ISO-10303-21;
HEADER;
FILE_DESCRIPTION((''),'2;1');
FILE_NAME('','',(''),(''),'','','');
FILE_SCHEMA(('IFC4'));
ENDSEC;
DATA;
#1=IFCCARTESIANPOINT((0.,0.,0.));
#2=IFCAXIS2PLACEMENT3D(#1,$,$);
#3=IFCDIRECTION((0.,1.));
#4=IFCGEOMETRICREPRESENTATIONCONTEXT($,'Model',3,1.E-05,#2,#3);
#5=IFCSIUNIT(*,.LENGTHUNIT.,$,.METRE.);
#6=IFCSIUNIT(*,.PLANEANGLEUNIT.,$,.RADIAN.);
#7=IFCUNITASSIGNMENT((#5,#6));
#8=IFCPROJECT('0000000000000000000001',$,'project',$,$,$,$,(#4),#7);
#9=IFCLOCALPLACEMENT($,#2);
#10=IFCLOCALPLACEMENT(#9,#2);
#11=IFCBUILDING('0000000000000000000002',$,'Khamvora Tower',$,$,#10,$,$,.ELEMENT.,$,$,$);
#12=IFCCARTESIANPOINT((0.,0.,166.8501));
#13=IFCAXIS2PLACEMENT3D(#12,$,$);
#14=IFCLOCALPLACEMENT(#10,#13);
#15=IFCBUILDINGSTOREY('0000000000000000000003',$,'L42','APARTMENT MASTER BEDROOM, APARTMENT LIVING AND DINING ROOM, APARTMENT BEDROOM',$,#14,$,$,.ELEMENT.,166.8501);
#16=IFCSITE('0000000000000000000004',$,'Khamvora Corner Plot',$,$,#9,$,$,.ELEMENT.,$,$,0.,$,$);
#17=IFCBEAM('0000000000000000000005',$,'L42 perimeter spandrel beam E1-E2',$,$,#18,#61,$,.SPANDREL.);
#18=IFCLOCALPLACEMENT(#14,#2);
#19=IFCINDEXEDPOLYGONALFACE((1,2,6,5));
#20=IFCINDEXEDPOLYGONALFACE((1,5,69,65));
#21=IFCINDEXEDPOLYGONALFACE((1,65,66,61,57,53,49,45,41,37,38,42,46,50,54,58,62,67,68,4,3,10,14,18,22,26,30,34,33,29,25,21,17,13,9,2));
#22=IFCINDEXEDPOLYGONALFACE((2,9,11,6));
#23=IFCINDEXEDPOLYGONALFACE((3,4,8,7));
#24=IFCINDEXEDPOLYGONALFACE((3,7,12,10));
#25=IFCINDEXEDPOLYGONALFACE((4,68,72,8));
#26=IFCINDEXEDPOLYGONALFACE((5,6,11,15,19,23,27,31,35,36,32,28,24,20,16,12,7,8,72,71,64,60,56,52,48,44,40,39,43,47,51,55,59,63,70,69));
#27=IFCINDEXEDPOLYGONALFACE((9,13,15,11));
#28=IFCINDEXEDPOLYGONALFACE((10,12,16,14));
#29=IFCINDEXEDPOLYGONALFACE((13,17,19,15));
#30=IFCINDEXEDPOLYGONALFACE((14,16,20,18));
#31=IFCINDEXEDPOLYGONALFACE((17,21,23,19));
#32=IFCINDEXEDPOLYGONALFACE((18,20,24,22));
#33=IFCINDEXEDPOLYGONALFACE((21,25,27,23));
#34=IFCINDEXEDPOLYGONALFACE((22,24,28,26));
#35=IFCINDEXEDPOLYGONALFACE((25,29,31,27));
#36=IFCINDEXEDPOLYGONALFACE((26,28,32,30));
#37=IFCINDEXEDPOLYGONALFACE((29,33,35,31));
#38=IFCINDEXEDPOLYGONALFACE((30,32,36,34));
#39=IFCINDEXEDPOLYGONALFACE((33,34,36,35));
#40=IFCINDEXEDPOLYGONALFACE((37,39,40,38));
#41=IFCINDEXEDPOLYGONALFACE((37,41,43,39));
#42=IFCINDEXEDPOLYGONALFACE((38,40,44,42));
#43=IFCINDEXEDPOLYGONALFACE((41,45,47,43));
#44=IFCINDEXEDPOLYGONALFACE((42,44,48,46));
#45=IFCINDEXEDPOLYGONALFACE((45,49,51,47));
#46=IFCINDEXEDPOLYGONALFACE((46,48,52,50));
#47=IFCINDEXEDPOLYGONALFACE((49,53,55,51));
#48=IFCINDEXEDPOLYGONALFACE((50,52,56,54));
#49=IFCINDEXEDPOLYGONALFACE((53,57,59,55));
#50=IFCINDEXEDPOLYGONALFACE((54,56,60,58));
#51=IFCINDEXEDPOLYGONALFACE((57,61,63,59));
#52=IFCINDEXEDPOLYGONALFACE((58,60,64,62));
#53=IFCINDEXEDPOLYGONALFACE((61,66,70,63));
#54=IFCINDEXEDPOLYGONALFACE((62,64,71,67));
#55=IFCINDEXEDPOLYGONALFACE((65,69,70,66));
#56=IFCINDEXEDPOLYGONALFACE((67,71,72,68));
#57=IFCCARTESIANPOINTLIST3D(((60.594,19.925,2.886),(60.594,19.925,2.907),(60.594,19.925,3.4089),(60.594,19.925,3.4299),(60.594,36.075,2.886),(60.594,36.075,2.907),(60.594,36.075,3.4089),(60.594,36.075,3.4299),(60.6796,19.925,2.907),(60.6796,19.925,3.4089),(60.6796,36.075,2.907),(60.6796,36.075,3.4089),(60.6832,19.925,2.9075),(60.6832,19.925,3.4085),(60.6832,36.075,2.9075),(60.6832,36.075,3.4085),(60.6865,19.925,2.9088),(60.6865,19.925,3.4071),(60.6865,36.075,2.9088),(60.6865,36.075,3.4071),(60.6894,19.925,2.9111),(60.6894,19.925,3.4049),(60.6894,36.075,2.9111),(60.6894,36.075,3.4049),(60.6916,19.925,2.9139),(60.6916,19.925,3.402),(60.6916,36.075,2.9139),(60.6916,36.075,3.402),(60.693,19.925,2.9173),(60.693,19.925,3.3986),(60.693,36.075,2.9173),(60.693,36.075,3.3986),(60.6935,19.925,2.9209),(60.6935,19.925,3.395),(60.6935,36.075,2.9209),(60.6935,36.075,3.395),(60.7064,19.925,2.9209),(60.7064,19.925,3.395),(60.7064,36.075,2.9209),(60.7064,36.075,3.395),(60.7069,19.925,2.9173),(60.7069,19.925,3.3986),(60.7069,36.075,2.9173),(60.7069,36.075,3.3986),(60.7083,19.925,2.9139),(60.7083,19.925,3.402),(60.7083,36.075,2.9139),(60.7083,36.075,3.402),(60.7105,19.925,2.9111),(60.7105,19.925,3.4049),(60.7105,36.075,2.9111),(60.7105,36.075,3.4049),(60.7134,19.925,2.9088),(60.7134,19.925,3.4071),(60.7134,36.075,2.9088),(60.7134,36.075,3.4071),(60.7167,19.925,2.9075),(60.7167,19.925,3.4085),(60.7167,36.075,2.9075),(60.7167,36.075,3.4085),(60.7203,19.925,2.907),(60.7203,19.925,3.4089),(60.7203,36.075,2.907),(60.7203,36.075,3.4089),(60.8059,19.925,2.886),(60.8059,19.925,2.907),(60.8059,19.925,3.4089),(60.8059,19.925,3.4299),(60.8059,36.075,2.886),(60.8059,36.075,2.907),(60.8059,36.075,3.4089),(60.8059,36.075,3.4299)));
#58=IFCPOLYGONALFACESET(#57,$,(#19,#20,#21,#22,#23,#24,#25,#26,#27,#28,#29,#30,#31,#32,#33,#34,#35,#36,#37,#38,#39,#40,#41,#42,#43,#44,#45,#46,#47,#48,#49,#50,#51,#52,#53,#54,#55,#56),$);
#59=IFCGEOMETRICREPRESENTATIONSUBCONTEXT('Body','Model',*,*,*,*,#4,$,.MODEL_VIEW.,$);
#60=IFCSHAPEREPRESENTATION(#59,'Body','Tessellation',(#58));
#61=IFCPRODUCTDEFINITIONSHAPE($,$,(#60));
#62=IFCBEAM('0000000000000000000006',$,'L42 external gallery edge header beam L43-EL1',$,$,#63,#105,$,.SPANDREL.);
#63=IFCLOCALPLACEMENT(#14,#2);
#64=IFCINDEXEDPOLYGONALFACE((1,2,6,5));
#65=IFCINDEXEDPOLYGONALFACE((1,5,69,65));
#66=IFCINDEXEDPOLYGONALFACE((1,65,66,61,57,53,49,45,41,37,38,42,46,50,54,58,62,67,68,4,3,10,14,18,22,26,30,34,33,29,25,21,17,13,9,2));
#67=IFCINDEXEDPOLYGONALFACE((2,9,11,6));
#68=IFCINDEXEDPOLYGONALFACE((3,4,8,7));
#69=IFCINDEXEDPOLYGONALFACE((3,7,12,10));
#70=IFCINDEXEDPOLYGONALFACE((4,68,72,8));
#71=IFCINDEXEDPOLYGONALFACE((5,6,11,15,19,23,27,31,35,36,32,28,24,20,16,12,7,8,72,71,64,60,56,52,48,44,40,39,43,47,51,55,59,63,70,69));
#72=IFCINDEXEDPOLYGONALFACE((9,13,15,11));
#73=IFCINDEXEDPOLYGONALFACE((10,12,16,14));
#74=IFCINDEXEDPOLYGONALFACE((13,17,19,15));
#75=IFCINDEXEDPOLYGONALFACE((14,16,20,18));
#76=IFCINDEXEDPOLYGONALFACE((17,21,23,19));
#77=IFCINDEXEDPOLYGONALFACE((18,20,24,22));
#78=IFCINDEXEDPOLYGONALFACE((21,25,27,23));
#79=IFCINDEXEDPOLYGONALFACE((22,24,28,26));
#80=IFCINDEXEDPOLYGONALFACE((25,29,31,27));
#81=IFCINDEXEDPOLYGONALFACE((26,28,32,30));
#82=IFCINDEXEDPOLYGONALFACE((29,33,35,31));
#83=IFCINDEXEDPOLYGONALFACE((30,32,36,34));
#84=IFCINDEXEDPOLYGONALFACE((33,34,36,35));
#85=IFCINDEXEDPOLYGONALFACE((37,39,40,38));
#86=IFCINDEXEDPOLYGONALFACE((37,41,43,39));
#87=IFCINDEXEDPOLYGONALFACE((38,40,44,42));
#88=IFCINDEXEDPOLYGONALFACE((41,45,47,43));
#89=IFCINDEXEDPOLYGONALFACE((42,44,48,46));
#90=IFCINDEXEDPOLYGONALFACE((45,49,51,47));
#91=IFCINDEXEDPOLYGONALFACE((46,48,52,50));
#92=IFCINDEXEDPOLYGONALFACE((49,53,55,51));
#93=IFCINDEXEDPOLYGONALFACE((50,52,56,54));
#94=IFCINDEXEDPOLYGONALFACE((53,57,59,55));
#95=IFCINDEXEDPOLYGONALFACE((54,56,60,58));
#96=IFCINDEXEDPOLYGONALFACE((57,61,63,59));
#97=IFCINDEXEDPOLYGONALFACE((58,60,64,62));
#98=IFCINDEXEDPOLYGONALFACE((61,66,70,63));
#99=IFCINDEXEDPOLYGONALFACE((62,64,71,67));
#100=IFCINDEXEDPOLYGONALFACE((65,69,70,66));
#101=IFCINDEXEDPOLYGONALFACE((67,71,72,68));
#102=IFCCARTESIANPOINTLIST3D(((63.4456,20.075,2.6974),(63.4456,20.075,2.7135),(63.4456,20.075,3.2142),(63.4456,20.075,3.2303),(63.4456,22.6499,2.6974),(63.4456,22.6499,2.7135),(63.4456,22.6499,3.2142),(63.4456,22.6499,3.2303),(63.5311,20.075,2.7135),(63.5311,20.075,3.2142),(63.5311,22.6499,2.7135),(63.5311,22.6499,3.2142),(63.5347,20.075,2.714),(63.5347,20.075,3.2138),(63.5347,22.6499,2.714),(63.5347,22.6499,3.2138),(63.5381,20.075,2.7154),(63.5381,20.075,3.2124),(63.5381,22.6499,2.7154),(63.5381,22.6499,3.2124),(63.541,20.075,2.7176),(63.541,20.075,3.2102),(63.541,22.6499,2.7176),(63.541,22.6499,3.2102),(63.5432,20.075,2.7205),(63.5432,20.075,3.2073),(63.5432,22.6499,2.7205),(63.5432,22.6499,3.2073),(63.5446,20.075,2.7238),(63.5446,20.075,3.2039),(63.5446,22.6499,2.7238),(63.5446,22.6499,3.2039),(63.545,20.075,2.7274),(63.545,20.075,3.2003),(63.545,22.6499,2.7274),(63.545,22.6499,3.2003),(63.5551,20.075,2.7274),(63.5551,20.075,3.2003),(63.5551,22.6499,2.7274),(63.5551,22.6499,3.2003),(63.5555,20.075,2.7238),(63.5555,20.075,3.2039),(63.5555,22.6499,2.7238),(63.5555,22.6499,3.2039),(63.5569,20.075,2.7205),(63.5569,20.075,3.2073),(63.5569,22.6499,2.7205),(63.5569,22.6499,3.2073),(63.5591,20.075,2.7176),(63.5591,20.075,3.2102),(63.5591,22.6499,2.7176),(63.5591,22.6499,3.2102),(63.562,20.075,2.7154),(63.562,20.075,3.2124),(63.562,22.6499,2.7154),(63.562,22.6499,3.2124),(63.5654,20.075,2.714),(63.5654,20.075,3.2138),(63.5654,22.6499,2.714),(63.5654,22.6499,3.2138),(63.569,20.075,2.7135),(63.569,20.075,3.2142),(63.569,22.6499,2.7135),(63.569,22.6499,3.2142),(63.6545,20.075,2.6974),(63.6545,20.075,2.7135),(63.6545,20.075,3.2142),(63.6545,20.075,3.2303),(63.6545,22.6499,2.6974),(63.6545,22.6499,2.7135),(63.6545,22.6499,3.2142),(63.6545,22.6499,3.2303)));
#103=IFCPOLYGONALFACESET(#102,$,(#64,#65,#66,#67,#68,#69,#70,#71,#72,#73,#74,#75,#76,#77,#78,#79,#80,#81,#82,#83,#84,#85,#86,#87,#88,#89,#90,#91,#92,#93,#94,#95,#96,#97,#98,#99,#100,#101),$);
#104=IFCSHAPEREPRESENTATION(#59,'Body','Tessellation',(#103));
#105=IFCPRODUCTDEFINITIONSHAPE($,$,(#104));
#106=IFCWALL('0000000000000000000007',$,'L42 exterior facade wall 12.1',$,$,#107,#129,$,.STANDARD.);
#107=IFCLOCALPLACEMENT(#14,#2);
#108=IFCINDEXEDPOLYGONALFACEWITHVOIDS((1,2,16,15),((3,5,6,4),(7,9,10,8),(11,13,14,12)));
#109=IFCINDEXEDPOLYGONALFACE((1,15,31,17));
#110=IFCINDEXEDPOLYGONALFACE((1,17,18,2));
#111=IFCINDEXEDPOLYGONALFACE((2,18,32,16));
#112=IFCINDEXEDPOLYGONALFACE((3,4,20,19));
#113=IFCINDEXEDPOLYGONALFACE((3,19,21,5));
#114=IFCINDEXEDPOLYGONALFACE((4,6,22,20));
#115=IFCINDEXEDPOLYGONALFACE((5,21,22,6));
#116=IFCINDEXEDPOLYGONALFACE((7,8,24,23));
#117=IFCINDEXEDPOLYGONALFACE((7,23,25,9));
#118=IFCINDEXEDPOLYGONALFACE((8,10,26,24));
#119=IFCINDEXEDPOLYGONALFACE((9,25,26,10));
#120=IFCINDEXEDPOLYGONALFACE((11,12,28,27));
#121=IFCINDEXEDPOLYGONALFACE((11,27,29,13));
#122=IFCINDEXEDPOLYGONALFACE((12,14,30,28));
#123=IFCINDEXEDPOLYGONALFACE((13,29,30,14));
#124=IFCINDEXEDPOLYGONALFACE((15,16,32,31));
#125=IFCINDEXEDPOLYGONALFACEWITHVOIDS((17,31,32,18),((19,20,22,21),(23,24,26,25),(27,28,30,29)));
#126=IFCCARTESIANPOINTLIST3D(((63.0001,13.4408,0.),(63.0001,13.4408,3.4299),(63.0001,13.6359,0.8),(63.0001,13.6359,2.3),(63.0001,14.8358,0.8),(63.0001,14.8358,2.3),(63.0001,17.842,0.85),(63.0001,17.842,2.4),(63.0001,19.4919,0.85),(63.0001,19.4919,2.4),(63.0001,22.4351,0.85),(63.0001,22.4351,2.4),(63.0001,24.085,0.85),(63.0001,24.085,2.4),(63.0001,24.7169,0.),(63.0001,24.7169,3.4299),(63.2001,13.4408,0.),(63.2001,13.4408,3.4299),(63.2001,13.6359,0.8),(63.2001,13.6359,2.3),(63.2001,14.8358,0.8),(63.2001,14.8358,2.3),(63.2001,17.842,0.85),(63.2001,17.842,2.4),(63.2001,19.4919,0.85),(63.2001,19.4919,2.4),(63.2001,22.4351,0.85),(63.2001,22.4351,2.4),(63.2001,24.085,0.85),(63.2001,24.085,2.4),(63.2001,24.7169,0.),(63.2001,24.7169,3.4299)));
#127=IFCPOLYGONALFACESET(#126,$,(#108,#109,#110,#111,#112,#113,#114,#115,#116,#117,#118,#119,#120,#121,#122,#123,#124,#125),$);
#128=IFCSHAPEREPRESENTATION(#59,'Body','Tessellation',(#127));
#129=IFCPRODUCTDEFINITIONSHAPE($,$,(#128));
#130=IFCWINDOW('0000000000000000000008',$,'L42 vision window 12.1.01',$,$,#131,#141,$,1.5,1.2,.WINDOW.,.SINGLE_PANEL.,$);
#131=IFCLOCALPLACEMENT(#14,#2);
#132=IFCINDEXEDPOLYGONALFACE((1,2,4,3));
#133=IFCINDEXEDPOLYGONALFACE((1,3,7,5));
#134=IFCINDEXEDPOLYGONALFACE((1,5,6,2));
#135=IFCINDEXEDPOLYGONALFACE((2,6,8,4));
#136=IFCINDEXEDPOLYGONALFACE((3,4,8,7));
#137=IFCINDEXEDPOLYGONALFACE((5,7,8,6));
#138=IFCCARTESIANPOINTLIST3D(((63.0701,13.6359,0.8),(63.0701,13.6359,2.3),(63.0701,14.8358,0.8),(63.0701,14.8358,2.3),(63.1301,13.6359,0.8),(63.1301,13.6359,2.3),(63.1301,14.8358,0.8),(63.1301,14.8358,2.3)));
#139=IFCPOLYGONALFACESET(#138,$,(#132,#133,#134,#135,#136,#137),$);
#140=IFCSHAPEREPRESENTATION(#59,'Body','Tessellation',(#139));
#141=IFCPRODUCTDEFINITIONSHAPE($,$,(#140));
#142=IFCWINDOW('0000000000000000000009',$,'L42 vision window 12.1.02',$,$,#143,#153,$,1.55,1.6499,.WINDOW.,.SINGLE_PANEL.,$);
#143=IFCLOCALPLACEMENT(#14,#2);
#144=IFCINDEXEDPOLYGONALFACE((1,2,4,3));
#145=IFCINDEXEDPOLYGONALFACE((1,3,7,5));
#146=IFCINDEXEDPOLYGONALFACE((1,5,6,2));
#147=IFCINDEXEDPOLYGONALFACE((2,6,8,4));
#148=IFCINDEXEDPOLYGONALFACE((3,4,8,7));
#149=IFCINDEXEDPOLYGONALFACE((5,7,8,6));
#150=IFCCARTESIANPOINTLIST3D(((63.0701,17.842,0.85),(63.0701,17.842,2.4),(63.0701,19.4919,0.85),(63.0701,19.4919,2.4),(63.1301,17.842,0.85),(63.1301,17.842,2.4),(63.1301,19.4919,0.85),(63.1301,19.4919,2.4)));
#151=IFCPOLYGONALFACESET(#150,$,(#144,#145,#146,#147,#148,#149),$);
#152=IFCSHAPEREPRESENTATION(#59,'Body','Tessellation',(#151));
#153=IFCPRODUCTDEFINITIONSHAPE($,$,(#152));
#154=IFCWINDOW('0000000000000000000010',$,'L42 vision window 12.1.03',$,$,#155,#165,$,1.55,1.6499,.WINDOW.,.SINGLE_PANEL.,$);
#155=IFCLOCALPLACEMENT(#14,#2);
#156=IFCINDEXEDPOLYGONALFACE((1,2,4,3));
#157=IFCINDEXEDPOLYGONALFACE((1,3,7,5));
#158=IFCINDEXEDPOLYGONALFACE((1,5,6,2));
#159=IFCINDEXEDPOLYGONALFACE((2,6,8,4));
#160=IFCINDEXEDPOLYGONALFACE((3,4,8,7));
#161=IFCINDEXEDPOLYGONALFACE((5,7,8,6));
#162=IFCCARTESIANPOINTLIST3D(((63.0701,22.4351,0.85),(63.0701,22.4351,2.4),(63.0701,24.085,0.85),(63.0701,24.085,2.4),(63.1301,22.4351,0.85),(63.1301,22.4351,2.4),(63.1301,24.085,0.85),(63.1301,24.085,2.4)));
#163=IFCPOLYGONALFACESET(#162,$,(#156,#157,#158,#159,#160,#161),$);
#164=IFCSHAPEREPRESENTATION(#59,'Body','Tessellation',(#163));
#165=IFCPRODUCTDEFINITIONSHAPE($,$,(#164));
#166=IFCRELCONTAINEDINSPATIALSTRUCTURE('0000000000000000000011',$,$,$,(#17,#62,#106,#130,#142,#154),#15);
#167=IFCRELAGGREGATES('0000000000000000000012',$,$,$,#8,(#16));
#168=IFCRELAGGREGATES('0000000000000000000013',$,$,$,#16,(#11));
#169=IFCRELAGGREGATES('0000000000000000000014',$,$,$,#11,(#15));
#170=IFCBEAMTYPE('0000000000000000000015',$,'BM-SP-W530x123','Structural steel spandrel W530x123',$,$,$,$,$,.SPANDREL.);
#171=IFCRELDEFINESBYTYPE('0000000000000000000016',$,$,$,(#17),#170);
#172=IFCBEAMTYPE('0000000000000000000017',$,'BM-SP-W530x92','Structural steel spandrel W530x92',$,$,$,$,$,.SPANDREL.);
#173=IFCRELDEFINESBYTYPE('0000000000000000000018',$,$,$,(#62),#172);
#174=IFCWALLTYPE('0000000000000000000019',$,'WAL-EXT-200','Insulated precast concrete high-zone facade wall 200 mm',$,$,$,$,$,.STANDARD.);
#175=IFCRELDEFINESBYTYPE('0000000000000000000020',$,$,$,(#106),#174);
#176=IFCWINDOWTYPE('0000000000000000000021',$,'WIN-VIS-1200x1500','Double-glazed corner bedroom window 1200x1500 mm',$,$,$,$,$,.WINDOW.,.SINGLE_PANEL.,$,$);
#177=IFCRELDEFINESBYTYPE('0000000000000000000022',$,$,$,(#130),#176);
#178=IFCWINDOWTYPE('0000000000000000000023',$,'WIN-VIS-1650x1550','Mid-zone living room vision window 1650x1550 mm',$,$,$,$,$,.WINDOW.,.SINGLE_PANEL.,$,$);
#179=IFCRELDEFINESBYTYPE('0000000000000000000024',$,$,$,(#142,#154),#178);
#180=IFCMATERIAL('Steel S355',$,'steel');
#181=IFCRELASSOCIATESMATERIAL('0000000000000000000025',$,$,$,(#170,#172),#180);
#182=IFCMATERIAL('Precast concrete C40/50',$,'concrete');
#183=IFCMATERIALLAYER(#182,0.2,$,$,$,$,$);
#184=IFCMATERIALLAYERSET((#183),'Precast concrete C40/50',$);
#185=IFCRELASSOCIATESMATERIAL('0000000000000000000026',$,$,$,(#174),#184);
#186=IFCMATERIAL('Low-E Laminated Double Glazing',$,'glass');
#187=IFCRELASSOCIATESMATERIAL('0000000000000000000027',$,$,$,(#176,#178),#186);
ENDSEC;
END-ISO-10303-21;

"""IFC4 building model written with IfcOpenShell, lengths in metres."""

from ifc_helpers import new_model, si_unit, direction, frame, frame_2d, origin, origin_2d, place, context, subcontext, project, spatial, rectangle, i_section, extrude, material, layer, layer_set, material_profile, profile_set, type_object, element, fill, save


model = new_model("IFC4")

# Units and contexts
model_context = context("Model", 3, precision=1e-05, world=origin(), true_north=direction((0.0, 1.0)))
body_context = subcontext(model_context, "Body", "Model", "MODEL_VIEW")
ifc_project = project(units=[si_unit("LENGTHUNIT", "METRE"), si_unit("PLANEANGLEUNIT", "RADIAN")], contexts=[model_context])

# Site, building, storey
site_placement = place(None, origin())
site = spatial("IfcSite", under=ifc_project, at=site_placement, Name="Khamvora Corner Plot", CompositionType="ELEMENT", RefElevation=0.0)
building_placement = place(site_placement, origin())
building = spatial("IfcBuilding", under=site, at=building_placement, Name="Khamvora Tower", CompositionType="ELEMENT")
storey_placement = place(building_placement, frame((0.0, 0.0, 166.8501)))
storey = spatial("IfcBuildingStorey", under=building, at=storey_placement, Name="L42", Description="APARTMENT MASTER BEDROOM, APARTMENT LIVING AND DINING ROOM, APARTMENT BEDROOM", CompositionType="ELEMENT", Elevation=166.8501)

# Beams
ifc_material_1 = material(Name="Steel S355", Category="steel")
ifc_material_profile_1 = material_profile(ifc_material_1, i_section(OverallWidth=0.2119, OverallDepth=0.5439, WebThickness=0.0129, FlangeThickness=0.021, FilletRadius=0.0139, at=origin_2d()), Name="W530x123")
ifc_profile_set_1 = profile_set([ifc_material_profile_1], Name="Steel S355")
beam_type_1 = type_object("IfcBeamType", Name="BM-SP-W530x123", Description="Structural steel spandrel W530x123", PredefinedType="SPANDREL", material=ifc_profile_set_1)
beam_1_placement = place(storey_placement, frame((60.7, 19.925, 3.158), z_axis=(0.0, 1.0, 0.0), x_axis=(-1.0, 0.0, 0.0)))
element("IfcBeam", 1, at=beam_1_placement, inside=storey, type_object=beam_type_1, Name="L42 perimeter spandrel beam E1-E2", PredefinedType="SPANDREL", context=body_context, shape_type="SweptSolid", body=[
    extrude(i_section(OverallWidth=0.2119, OverallDepth=0.5439, WebThickness=0.0129, FlangeThickness=0.021, FilletRadius=0.0139, at=origin_2d()), origin(), (0.0, 0.0, 1.0), 16.1499),
])
ifc_material_profile_2 = material_profile(ifc_material_1, i_section(OverallWidth=0.209, OverallDepth=0.533, WebThickness=0.01, FlangeThickness=0.0161, FilletRadius=0.0139, at=origin_2d()), Name="W530x92")
ifc_profile_set_2 = profile_set([ifc_material_profile_2], Name="Steel S355")
beam_type_2 = type_object("IfcBeamType", Name="BM-SP-W530x92", Description="Structural steel spandrel W530x92", PredefinedType="SPANDREL", material=ifc_profile_set_2)
beam_2_placement = place(storey_placement, frame((63.55, 20.075, 2.9639), z_axis=(0.0, 1.0, 0.0), x_axis=(-1.0, 0.0, 0.0)))
element("IfcBeam", 2, at=beam_2_placement, inside=storey, type_object=beam_type_2, Name="L42 external gallery edge header beam L43-EL1", PredefinedType="SPANDREL", context=body_context, shape_type="SweptSolid", body=[
    extrude(i_section(OverallWidth=0.209, OverallDepth=0.533, WebThickness=0.01, FlangeThickness=0.0161, FilletRadius=0.0139, at=origin_2d()), origin(), (0.0, 0.0, 1.0), 2.575),
])

# Wall, openings, windows
ifc_material_2 = material(Name="Precast concrete C40/50", Category="concrete")
ifc_layer_1 = layer(ifc_material_2, 0.2)
ifc_layer_set_1 = layer_set([ifc_layer_1], Name="Precast concrete C40/50")
wall_type_1 = type_object("IfcWallType", Name="WAL-EXT-200", Description="Insulated precast concrete high-zone facade wall 200 mm", PredefinedType="STANDARD", material=ifc_layer_set_1)
wall_1_placement = place(storey_placement, frame((63.1001, 24.717, 0.0), z_axis=(0.0, 0.0, 1.0), x_axis=(0.0, -1.0, 0.0)))
wall_1 = element("IfcWall", 3, at=wall_1_placement, inside=storey, type_object=wall_type_1, Name="L42 exterior facade wall 12.1", PredefinedType="STANDARD", context=body_context, shape_type="SweptSolid", body=[
    extrude(rectangle(XDim=11.2761, YDim=0.2, at=frame_2d((5.6382, 0.0))), origin(), (0.0, 0.0, 1.0), 3.4299),
])
opening_1_placement = place(wall_1_placement, frame((9.8811, 0.0, 0.8)))
opening_1 = element("IfcOpeningElement", 4, at=opening_1_placement, cuts=wall_1, PredefinedType="OPENING", context=body_context, shape_type="SweptSolid", body=[
    extrude(rectangle(XDim=1.2, YDim=1.5, at=frame_2d((0.6001, 0.75))), frame((0.0, 0.1099, 0.0), z_axis=(0.0, -1.0, 0.0), x_axis=(1.0, 0.0, 0.0)), (0.0, 0.0, 1.0), 0.22),
])
opening_2_placement = place(wall_1_placement, frame((5.2251, 0.0, 0.8501)))
opening_2 = element("IfcOpeningElement", 5, at=opening_2_placement, cuts=wall_1, PredefinedType="OPENING", context=body_context, shape_type="SweptSolid", body=[
    extrude(rectangle(XDim=1.6499, YDim=1.55, at=frame_2d((0.825, 0.7749))), frame((0.0, 0.1099, 0.0), z_axis=(0.0, -1.0, 0.0), x_axis=(1.0, 0.0, 0.0)), (0.0, 0.0, 1.0), 0.22),
])
opening_3_placement = place(wall_1_placement, frame((0.6321, 0.0, 0.8501)))
opening_3 = element("IfcOpeningElement", 6, at=opening_3_placement, cuts=wall_1, PredefinedType="OPENING", context=body_context, shape_type="SweptSolid", body=[
    extrude(rectangle(XDim=1.6499, YDim=1.55, at=frame_2d((0.825, 0.7749))), frame((0.0, 0.1099, 0.0), z_axis=(0.0, -1.0, 0.0), x_axis=(1.0, 0.0, 0.0)), (0.0, 0.0, 1.0), 0.22),
])
ifc_material_3 = material(Name="Low-E Laminated Double Glazing", Category="glass")
window_type_1 = type_object("IfcWindowType", Name="WIN-VIS-1200x1500", Description="Double-glazed corner bedroom window 1200x1500 mm", PartitioningType="SINGLE_PANEL", PredefinedType="WINDOW", material=ifc_material_3)
window_1_placement = place(opening_1_placement, origin())
window_1 = element("IfcWindow", 7, at=window_1_placement, inside=storey, type_object=window_type_1, Name="L42 vision window 12.1.01", OverallHeight=1.5, OverallWidth=1.2, PartitioningType="SINGLE_PANEL", PredefinedType="WINDOW", context=body_context, shape_type="SweptSolid", body=[
    extrude(rectangle(XDim=1.2, YDim=1.5, at=frame_2d((0.6001, 0.75))), frame((0.0, 0.03, 0.0), z_axis=(0.0, -1.0, 0.0), x_axis=(1.0, 0.0, 0.0)), (0.0, 0.0, 1.0), 0.0601),
])
fill(opening_1, window_1)
window_type_2 = type_object("IfcWindowType", Name="WIN-VIS-1650x1550", Description="Mid-zone living room vision window 1650x1550 mm", PartitioningType="SINGLE_PANEL", PredefinedType="WINDOW", material=ifc_material_3)
window_2_placement = place(opening_2_placement, origin())
window_2 = element("IfcWindow", 8, at=window_2_placement, inside=storey, type_object=window_type_2, Name="L42 vision window 12.1.02", OverallHeight=1.55, OverallWidth=1.6499, PartitioningType="SINGLE_PANEL", PredefinedType="WINDOW", context=body_context, shape_type="SweptSolid", body=[
    extrude(rectangle(XDim=1.6499, YDim=1.55, at=frame_2d((0.825, 0.7749))), frame((0.0, 0.03, 0.0), z_axis=(0.0, -1.0, 0.0), x_axis=(1.0, 0.0, 0.0)), (0.0, 0.0, 1.0), 0.0601),
])
fill(opening_2, window_2)
window_3_placement = place(opening_3_placement, origin())
window_3 = element("IfcWindow", 9, at=window_3_placement, inside=storey, type_object=window_type_2, Name="L42 vision window 12.1.03", OverallHeight=1.55, OverallWidth=1.6499, PartitioningType="SINGLE_PANEL", PredefinedType="WINDOW", context=body_context, shape_type="SweptSolid", body=[
    extrude(rectangle(XDim=1.6499, YDim=1.55, at=frame_2d((0.825, 0.7749))), frame((0.0, 0.03, 0.0), z_axis=(0.0, -1.0, 0.0), x_axis=(1.0, 0.0, 0.0)), (0.0, 0.0, 1.0), 0.0601),
])
fill(opening_3, window_3)

save(model, "model.ifc")
